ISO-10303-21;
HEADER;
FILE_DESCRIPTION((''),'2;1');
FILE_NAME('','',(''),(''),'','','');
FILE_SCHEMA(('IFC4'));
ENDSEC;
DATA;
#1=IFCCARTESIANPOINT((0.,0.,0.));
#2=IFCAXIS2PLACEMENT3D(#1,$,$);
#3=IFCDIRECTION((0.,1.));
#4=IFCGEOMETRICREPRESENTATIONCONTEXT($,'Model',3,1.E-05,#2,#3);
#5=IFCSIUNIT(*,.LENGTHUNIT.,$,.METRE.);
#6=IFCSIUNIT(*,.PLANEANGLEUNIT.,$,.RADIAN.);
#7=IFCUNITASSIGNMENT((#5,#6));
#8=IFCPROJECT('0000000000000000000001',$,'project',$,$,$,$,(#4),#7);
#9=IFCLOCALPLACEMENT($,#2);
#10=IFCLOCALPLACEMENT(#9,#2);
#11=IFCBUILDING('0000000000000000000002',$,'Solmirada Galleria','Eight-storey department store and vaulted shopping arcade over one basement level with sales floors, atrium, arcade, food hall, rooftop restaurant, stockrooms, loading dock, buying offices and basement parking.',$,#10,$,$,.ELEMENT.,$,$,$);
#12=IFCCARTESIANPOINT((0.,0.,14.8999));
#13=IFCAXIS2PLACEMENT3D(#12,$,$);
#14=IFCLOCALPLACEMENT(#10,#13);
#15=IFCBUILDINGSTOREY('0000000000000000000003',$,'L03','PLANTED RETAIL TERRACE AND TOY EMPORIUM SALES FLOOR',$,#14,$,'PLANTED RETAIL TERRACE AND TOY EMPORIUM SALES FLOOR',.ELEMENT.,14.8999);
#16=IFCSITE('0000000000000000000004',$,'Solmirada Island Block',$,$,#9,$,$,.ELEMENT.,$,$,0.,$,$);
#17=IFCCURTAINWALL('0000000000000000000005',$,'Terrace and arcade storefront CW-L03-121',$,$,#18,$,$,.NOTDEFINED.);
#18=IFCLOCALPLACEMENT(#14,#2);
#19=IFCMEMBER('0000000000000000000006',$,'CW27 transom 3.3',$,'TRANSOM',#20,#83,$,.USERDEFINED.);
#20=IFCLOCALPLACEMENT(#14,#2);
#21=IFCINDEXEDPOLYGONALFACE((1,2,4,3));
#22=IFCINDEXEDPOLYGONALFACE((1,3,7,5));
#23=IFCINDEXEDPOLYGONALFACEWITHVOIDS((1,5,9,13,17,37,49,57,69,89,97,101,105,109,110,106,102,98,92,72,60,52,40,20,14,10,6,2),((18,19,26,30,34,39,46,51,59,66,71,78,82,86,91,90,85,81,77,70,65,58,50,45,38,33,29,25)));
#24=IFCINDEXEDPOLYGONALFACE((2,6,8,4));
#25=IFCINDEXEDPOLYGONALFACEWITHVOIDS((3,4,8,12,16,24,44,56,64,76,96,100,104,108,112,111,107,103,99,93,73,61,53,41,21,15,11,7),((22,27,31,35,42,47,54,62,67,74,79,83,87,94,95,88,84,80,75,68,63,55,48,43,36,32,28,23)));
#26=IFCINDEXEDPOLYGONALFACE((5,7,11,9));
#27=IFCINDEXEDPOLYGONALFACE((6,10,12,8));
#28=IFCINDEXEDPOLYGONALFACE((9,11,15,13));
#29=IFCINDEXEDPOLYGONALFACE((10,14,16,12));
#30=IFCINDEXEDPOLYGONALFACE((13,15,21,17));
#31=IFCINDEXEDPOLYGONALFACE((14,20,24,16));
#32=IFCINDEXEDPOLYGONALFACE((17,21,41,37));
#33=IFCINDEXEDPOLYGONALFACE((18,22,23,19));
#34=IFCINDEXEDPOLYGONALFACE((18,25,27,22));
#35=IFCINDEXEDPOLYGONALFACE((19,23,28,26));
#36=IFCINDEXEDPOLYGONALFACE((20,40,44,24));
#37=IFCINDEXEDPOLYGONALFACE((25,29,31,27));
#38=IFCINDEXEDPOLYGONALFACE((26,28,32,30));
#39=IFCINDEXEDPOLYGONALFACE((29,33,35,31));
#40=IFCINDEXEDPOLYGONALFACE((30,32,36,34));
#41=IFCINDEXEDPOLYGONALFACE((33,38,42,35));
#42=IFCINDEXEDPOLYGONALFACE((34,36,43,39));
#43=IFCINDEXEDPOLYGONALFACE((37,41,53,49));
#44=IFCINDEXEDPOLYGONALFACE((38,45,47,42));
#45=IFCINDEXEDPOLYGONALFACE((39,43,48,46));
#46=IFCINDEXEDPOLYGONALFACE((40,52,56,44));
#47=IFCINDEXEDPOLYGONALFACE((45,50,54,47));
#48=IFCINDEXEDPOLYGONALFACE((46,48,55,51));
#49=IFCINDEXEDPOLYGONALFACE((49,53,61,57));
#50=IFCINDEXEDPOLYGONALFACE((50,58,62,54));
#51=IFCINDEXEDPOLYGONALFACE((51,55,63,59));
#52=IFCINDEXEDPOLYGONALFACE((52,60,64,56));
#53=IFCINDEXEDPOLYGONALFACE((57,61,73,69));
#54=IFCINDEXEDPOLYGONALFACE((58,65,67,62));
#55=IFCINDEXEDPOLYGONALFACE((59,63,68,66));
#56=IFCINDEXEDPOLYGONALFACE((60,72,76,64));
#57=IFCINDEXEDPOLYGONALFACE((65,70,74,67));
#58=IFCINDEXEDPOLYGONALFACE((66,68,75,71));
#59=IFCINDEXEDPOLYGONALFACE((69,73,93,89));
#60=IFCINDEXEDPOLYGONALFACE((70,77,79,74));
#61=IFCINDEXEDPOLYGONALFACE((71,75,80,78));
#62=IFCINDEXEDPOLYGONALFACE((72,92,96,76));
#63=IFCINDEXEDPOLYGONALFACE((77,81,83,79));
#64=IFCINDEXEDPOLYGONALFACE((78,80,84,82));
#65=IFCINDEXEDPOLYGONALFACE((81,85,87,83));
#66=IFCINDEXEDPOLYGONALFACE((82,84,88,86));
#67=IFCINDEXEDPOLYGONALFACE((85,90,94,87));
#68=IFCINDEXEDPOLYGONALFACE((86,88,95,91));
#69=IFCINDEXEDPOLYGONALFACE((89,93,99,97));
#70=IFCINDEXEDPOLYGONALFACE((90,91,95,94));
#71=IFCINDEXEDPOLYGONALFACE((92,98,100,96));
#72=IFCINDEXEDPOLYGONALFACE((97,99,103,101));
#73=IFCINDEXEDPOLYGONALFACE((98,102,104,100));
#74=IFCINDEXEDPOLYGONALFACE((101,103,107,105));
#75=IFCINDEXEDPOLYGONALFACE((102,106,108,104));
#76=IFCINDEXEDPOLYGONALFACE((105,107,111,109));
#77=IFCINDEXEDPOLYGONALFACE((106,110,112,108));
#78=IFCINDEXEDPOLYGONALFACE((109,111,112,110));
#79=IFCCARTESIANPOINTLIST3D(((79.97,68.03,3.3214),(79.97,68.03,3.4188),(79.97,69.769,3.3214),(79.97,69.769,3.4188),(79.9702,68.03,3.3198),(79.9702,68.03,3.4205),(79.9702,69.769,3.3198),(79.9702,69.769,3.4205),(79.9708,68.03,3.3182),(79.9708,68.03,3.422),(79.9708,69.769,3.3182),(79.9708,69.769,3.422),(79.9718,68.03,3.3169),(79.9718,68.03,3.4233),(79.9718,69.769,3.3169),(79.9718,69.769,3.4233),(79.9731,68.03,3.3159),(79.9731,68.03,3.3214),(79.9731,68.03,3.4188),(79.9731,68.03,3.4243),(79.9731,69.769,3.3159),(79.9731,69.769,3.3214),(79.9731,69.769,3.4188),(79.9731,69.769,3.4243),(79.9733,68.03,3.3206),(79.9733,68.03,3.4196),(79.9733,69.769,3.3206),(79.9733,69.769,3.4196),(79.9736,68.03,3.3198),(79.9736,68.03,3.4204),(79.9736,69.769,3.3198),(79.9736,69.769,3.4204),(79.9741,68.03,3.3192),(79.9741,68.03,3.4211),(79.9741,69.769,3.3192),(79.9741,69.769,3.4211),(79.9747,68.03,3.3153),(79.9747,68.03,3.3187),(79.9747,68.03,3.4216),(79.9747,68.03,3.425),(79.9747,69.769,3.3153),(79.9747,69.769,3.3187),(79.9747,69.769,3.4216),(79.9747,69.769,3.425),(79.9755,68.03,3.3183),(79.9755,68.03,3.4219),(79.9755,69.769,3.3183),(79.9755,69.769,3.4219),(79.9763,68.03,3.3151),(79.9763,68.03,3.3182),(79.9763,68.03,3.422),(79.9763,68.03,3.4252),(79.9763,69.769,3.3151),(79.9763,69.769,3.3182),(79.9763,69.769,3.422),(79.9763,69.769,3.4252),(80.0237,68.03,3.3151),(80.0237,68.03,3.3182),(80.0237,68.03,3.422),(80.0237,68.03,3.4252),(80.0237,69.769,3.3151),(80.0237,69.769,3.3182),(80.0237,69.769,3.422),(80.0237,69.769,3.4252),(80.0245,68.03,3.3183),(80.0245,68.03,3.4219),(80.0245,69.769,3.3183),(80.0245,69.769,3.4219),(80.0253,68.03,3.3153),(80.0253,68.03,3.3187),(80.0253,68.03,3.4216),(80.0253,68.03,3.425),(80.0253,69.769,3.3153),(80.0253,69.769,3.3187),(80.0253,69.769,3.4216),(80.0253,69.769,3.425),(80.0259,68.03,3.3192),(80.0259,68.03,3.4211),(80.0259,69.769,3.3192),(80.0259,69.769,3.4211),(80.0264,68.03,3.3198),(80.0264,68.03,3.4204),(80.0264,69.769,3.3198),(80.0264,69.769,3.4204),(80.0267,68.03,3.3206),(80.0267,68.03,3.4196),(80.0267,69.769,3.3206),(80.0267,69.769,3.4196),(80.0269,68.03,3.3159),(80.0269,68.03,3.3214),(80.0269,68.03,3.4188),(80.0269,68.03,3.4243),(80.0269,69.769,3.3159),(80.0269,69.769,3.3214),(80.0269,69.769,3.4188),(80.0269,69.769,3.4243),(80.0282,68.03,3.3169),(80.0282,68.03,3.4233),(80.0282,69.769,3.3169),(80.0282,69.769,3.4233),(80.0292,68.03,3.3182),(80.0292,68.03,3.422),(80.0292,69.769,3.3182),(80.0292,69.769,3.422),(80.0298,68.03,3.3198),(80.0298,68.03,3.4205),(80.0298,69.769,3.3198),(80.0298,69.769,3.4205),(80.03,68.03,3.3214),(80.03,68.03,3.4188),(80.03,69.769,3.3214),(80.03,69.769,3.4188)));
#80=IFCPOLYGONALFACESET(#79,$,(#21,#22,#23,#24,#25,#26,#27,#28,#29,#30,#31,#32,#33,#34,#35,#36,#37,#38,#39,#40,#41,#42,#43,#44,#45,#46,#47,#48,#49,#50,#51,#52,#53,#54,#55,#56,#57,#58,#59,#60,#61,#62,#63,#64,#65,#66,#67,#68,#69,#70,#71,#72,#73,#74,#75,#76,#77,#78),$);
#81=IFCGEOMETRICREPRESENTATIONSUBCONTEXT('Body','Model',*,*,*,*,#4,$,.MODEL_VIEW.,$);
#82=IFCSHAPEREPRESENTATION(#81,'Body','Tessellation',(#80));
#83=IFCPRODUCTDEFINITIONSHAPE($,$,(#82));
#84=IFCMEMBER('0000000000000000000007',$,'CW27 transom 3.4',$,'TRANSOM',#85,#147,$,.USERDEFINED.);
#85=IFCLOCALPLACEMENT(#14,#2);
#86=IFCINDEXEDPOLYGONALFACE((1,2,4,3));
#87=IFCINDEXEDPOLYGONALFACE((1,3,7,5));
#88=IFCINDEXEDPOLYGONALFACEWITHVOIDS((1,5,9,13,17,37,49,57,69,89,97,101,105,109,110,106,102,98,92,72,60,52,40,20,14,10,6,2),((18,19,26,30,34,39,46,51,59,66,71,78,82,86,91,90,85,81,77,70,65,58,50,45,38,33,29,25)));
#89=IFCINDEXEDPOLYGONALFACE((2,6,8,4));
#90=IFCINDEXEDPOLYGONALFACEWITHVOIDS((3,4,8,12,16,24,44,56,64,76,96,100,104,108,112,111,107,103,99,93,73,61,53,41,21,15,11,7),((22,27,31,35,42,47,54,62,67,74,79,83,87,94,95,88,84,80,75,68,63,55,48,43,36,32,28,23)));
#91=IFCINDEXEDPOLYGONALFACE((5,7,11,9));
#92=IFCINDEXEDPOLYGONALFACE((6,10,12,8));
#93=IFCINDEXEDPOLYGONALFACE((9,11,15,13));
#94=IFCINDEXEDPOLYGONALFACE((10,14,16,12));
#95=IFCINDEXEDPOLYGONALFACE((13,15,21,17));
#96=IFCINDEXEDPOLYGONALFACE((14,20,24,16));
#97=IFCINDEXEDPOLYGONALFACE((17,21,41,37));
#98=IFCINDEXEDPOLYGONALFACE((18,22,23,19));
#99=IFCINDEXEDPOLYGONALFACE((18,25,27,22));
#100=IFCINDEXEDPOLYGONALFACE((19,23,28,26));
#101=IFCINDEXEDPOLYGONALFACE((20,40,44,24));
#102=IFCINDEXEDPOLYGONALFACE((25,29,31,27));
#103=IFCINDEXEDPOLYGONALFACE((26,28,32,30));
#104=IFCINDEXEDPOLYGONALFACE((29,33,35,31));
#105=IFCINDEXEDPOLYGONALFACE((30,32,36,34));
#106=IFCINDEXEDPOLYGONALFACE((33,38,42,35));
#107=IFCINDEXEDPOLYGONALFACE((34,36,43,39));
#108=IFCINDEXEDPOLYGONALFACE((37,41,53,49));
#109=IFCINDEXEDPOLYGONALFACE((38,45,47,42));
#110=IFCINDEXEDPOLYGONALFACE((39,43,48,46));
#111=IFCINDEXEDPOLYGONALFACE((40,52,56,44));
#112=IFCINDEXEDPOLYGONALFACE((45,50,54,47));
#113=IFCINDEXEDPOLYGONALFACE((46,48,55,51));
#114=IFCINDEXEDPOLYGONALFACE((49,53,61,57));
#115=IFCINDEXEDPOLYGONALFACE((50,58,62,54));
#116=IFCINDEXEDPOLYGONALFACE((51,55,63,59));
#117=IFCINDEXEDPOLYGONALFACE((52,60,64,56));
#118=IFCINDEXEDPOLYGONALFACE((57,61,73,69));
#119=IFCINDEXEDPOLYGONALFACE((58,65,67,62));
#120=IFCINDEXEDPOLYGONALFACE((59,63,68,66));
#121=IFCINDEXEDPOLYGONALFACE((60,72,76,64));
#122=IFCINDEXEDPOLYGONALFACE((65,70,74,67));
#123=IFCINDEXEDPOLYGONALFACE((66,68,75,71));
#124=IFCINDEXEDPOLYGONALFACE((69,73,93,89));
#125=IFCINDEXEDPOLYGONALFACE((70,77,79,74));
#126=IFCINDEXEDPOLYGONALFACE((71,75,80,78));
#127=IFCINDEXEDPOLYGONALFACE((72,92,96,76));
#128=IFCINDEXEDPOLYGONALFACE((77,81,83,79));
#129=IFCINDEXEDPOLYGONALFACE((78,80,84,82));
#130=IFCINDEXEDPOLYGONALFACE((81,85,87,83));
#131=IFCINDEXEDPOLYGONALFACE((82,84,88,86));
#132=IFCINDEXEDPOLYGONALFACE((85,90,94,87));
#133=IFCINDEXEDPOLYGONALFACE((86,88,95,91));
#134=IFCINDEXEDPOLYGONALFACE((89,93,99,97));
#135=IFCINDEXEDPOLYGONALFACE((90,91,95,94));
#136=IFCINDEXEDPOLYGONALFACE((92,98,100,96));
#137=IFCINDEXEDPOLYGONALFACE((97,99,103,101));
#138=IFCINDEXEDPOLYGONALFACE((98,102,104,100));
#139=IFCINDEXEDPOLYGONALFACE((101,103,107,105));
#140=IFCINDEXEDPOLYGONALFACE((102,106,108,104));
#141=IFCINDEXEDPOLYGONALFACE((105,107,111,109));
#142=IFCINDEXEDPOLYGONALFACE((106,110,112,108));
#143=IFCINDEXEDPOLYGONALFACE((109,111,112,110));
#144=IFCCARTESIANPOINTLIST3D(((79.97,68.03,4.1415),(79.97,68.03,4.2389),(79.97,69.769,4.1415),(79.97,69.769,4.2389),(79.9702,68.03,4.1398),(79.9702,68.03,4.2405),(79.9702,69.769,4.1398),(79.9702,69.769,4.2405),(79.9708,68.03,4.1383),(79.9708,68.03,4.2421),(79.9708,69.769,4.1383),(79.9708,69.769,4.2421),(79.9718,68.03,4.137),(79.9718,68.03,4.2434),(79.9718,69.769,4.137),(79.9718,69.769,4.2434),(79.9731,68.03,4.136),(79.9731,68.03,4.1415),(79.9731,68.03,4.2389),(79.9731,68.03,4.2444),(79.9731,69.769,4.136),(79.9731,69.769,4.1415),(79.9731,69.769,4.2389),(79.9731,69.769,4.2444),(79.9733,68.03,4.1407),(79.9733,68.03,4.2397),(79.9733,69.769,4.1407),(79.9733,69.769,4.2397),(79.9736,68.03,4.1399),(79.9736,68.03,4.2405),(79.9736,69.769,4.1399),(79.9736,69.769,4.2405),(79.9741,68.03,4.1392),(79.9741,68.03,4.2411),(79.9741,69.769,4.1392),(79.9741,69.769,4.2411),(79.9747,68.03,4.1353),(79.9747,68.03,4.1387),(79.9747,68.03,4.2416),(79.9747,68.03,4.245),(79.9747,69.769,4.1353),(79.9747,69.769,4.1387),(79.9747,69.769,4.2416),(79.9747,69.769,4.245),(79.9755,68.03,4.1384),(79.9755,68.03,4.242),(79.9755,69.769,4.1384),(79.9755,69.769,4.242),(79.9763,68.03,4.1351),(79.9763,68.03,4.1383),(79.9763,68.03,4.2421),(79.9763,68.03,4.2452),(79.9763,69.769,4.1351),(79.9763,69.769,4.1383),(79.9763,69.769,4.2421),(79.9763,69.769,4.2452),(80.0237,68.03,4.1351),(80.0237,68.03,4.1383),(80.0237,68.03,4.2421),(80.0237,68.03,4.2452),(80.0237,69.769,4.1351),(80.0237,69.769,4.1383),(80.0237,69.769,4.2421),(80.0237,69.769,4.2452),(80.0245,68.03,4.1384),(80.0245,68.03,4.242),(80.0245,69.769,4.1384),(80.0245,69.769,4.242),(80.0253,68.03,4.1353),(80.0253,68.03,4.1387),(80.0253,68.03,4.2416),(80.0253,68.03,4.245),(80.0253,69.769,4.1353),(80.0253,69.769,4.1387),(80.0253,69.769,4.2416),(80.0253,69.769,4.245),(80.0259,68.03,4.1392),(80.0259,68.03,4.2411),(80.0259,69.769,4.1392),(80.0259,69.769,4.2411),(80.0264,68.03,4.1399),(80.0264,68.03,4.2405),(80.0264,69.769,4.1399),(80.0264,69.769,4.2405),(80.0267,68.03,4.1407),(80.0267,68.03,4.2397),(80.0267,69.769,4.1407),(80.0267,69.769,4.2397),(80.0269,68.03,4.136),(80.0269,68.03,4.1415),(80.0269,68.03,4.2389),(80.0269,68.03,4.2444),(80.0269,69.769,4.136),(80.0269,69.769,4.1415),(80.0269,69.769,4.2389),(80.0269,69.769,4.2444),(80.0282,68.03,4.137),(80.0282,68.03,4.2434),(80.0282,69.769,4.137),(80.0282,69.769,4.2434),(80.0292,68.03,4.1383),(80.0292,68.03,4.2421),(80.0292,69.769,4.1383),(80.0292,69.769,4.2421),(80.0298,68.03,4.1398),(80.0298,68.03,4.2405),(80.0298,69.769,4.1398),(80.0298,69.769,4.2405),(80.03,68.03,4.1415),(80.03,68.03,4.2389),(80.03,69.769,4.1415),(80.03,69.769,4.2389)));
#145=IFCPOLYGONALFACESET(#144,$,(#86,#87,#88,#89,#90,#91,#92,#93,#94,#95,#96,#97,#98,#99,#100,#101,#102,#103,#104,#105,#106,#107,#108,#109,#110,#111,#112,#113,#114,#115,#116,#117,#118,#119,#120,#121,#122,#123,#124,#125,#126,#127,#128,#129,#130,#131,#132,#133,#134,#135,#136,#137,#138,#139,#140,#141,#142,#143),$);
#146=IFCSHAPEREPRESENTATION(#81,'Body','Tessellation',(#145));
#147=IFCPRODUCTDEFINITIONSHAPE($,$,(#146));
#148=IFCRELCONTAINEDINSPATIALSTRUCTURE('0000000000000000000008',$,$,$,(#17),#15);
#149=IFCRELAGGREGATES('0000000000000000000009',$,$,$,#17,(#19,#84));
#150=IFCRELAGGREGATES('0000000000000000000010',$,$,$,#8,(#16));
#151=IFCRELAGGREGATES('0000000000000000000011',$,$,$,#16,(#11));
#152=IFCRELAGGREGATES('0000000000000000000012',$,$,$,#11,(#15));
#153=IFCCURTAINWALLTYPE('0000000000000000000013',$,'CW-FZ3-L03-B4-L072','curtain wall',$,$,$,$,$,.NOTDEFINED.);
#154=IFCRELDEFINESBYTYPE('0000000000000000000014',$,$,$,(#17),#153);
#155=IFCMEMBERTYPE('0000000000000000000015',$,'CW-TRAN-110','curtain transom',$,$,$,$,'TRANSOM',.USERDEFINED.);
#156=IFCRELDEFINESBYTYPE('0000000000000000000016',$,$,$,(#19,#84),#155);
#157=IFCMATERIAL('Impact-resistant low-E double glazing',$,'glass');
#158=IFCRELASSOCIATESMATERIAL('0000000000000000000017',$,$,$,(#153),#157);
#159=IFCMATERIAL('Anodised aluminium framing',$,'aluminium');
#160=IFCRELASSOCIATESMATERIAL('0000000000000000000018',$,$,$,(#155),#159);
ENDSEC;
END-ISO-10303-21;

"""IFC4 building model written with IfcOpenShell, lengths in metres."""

from ifc_helpers import new_model, si_unit, direction, frame, origin, origin_2d, place, context, subcontext, project, spatial, hollow_rectangle, extrude, material, material_profile, profile_set, type_object, element, aggregate, save


model = new_model("IFC4")

# Units and contexts
model_context = context("Model", 3, precision=1e-05, world=origin(), true_north=direction((0.0, 1.0)))
body_context = subcontext(model_context, "Body", "Model", "MODEL_VIEW")
ifc_project = project(units=[si_unit("LENGTHUNIT", "METRE"), si_unit("PLANEANGLEUNIT", "RADIAN")], contexts=[model_context])

# Site, building, storey
site_placement = place(None, origin())
site = spatial("IfcSite", under=ifc_project, at=site_placement, Name="Solmirada Island Block", CompositionType="ELEMENT", RefElevation=0.0)
building_placement = place(site_placement, origin())
building = spatial("IfcBuilding", under=site, at=building_placement, Name="Solmirada Galleria", Description="Eight-storey department store and vaulted shopping arcade over one basement level with sales floors, atrium, arcade, food hall, rooftop restaurant, stockrooms, loading dock, buying offices and basement parking.", CompositionType="ELEMENT")
storey_placement = place(building_placement, frame((0.0, 0.0, 14.8999)))
storey = spatial("IfcBuildingStorey", under=building, at=storey_placement, Name="L03", Description="PLANTED RETAIL TERRACE AND TOY EMPORIUM SALES FLOOR", LongName="PLANTED RETAIL TERRACE AND TOY EMPORIUM SALES FLOOR", CompositionType="ELEMENT", Elevation=14.8999)

# Curtain wall, members
ifc_material_1 = material(Name="Impact-resistant low-E double glazing", Category="glass")
curtain_wall_type = type_object("IfcCurtainWallType", Name="CW-FZ3-L03-B4-L072", Description="curtain wall", PredefinedType="NOTDEFINED", material=ifc_material_1)
curtain_wall_placement = place(storey_placement, origin())
curtain_wall = element("IfcCurtainWall", 1, at=curtain_wall_placement, inside=storey, type_object=curtain_wall_type, Name="Terrace and arcade storefront CW-L03-121", PredefinedType="NOTDEFINED")
ifc_material_2 = material(Name="Anodised aluminium framing", Category="aluminium")
ifc_material_profile_1 = material_profile(ifc_material_2, hollow_rectangle(XDim=0.0601, YDim=0.1101, WallThickness=0.0032, InnerFilletRadius=0.0032, OuterFilletRadius=0.0063, at=origin_2d()), Name="ALU-TRAN-110X60")
ifc_profile_set_1 = profile_set([ifc_material_profile_1], Name="Anodised aluminium framing")
member_type_1 = type_object("IfcMemberType", Name="CW-TRAN-110", Description="curtain transom", ElementType="TRANSOM", PredefinedType="USERDEFINED", material=ifc_profile_set_1)
member_1_placement = place(storey_placement, frame((80.0, 68.03, 3.3701), z_axis=(0.0, 1.0, 0.0), x_axis=(-1.0, 0.0, 0.0)))
member_1 = element("IfcMember", 2, at=member_1_placement, type_object=member_type_1, Name="CW27 transom 3.3", ObjectType="TRANSOM", PredefinedType="USERDEFINED", context=body_context, shape_type="SweptSolid", body=[
    extrude(hollow_rectangle(XDim=0.0601, YDim=0.1101, WallThickness=0.0032, InnerFilletRadius=0.0032, OuterFilletRadius=0.0063, at=origin_2d()), origin(), (0.0, 0.0, 1.0), 1.739),
])
member_2_placement = place(storey_placement, frame((80.0, 68.03, 4.1902), z_axis=(0.0, 1.0, 0.0), x_axis=(-1.0, 0.0, 0.0)))
member_2 = element("IfcMember", 3, at=member_2_placement, type_object=member_type_1, Name="CW27 transom 3.4", ObjectType="TRANSOM", PredefinedType="USERDEFINED", context=body_context, shape_type="SweptSolid", body=[
    extrude(hollow_rectangle(XDim=0.0601, YDim=0.1101, WallThickness=0.0032, InnerFilletRadius=0.0032, OuterFilletRadius=0.0063, at=origin_2d()), origin(), (0.0, 0.0, 1.0), 1.739),
])
aggregate(curtain_wall, [member_1, member_2])

save(model, "model.ifc")
